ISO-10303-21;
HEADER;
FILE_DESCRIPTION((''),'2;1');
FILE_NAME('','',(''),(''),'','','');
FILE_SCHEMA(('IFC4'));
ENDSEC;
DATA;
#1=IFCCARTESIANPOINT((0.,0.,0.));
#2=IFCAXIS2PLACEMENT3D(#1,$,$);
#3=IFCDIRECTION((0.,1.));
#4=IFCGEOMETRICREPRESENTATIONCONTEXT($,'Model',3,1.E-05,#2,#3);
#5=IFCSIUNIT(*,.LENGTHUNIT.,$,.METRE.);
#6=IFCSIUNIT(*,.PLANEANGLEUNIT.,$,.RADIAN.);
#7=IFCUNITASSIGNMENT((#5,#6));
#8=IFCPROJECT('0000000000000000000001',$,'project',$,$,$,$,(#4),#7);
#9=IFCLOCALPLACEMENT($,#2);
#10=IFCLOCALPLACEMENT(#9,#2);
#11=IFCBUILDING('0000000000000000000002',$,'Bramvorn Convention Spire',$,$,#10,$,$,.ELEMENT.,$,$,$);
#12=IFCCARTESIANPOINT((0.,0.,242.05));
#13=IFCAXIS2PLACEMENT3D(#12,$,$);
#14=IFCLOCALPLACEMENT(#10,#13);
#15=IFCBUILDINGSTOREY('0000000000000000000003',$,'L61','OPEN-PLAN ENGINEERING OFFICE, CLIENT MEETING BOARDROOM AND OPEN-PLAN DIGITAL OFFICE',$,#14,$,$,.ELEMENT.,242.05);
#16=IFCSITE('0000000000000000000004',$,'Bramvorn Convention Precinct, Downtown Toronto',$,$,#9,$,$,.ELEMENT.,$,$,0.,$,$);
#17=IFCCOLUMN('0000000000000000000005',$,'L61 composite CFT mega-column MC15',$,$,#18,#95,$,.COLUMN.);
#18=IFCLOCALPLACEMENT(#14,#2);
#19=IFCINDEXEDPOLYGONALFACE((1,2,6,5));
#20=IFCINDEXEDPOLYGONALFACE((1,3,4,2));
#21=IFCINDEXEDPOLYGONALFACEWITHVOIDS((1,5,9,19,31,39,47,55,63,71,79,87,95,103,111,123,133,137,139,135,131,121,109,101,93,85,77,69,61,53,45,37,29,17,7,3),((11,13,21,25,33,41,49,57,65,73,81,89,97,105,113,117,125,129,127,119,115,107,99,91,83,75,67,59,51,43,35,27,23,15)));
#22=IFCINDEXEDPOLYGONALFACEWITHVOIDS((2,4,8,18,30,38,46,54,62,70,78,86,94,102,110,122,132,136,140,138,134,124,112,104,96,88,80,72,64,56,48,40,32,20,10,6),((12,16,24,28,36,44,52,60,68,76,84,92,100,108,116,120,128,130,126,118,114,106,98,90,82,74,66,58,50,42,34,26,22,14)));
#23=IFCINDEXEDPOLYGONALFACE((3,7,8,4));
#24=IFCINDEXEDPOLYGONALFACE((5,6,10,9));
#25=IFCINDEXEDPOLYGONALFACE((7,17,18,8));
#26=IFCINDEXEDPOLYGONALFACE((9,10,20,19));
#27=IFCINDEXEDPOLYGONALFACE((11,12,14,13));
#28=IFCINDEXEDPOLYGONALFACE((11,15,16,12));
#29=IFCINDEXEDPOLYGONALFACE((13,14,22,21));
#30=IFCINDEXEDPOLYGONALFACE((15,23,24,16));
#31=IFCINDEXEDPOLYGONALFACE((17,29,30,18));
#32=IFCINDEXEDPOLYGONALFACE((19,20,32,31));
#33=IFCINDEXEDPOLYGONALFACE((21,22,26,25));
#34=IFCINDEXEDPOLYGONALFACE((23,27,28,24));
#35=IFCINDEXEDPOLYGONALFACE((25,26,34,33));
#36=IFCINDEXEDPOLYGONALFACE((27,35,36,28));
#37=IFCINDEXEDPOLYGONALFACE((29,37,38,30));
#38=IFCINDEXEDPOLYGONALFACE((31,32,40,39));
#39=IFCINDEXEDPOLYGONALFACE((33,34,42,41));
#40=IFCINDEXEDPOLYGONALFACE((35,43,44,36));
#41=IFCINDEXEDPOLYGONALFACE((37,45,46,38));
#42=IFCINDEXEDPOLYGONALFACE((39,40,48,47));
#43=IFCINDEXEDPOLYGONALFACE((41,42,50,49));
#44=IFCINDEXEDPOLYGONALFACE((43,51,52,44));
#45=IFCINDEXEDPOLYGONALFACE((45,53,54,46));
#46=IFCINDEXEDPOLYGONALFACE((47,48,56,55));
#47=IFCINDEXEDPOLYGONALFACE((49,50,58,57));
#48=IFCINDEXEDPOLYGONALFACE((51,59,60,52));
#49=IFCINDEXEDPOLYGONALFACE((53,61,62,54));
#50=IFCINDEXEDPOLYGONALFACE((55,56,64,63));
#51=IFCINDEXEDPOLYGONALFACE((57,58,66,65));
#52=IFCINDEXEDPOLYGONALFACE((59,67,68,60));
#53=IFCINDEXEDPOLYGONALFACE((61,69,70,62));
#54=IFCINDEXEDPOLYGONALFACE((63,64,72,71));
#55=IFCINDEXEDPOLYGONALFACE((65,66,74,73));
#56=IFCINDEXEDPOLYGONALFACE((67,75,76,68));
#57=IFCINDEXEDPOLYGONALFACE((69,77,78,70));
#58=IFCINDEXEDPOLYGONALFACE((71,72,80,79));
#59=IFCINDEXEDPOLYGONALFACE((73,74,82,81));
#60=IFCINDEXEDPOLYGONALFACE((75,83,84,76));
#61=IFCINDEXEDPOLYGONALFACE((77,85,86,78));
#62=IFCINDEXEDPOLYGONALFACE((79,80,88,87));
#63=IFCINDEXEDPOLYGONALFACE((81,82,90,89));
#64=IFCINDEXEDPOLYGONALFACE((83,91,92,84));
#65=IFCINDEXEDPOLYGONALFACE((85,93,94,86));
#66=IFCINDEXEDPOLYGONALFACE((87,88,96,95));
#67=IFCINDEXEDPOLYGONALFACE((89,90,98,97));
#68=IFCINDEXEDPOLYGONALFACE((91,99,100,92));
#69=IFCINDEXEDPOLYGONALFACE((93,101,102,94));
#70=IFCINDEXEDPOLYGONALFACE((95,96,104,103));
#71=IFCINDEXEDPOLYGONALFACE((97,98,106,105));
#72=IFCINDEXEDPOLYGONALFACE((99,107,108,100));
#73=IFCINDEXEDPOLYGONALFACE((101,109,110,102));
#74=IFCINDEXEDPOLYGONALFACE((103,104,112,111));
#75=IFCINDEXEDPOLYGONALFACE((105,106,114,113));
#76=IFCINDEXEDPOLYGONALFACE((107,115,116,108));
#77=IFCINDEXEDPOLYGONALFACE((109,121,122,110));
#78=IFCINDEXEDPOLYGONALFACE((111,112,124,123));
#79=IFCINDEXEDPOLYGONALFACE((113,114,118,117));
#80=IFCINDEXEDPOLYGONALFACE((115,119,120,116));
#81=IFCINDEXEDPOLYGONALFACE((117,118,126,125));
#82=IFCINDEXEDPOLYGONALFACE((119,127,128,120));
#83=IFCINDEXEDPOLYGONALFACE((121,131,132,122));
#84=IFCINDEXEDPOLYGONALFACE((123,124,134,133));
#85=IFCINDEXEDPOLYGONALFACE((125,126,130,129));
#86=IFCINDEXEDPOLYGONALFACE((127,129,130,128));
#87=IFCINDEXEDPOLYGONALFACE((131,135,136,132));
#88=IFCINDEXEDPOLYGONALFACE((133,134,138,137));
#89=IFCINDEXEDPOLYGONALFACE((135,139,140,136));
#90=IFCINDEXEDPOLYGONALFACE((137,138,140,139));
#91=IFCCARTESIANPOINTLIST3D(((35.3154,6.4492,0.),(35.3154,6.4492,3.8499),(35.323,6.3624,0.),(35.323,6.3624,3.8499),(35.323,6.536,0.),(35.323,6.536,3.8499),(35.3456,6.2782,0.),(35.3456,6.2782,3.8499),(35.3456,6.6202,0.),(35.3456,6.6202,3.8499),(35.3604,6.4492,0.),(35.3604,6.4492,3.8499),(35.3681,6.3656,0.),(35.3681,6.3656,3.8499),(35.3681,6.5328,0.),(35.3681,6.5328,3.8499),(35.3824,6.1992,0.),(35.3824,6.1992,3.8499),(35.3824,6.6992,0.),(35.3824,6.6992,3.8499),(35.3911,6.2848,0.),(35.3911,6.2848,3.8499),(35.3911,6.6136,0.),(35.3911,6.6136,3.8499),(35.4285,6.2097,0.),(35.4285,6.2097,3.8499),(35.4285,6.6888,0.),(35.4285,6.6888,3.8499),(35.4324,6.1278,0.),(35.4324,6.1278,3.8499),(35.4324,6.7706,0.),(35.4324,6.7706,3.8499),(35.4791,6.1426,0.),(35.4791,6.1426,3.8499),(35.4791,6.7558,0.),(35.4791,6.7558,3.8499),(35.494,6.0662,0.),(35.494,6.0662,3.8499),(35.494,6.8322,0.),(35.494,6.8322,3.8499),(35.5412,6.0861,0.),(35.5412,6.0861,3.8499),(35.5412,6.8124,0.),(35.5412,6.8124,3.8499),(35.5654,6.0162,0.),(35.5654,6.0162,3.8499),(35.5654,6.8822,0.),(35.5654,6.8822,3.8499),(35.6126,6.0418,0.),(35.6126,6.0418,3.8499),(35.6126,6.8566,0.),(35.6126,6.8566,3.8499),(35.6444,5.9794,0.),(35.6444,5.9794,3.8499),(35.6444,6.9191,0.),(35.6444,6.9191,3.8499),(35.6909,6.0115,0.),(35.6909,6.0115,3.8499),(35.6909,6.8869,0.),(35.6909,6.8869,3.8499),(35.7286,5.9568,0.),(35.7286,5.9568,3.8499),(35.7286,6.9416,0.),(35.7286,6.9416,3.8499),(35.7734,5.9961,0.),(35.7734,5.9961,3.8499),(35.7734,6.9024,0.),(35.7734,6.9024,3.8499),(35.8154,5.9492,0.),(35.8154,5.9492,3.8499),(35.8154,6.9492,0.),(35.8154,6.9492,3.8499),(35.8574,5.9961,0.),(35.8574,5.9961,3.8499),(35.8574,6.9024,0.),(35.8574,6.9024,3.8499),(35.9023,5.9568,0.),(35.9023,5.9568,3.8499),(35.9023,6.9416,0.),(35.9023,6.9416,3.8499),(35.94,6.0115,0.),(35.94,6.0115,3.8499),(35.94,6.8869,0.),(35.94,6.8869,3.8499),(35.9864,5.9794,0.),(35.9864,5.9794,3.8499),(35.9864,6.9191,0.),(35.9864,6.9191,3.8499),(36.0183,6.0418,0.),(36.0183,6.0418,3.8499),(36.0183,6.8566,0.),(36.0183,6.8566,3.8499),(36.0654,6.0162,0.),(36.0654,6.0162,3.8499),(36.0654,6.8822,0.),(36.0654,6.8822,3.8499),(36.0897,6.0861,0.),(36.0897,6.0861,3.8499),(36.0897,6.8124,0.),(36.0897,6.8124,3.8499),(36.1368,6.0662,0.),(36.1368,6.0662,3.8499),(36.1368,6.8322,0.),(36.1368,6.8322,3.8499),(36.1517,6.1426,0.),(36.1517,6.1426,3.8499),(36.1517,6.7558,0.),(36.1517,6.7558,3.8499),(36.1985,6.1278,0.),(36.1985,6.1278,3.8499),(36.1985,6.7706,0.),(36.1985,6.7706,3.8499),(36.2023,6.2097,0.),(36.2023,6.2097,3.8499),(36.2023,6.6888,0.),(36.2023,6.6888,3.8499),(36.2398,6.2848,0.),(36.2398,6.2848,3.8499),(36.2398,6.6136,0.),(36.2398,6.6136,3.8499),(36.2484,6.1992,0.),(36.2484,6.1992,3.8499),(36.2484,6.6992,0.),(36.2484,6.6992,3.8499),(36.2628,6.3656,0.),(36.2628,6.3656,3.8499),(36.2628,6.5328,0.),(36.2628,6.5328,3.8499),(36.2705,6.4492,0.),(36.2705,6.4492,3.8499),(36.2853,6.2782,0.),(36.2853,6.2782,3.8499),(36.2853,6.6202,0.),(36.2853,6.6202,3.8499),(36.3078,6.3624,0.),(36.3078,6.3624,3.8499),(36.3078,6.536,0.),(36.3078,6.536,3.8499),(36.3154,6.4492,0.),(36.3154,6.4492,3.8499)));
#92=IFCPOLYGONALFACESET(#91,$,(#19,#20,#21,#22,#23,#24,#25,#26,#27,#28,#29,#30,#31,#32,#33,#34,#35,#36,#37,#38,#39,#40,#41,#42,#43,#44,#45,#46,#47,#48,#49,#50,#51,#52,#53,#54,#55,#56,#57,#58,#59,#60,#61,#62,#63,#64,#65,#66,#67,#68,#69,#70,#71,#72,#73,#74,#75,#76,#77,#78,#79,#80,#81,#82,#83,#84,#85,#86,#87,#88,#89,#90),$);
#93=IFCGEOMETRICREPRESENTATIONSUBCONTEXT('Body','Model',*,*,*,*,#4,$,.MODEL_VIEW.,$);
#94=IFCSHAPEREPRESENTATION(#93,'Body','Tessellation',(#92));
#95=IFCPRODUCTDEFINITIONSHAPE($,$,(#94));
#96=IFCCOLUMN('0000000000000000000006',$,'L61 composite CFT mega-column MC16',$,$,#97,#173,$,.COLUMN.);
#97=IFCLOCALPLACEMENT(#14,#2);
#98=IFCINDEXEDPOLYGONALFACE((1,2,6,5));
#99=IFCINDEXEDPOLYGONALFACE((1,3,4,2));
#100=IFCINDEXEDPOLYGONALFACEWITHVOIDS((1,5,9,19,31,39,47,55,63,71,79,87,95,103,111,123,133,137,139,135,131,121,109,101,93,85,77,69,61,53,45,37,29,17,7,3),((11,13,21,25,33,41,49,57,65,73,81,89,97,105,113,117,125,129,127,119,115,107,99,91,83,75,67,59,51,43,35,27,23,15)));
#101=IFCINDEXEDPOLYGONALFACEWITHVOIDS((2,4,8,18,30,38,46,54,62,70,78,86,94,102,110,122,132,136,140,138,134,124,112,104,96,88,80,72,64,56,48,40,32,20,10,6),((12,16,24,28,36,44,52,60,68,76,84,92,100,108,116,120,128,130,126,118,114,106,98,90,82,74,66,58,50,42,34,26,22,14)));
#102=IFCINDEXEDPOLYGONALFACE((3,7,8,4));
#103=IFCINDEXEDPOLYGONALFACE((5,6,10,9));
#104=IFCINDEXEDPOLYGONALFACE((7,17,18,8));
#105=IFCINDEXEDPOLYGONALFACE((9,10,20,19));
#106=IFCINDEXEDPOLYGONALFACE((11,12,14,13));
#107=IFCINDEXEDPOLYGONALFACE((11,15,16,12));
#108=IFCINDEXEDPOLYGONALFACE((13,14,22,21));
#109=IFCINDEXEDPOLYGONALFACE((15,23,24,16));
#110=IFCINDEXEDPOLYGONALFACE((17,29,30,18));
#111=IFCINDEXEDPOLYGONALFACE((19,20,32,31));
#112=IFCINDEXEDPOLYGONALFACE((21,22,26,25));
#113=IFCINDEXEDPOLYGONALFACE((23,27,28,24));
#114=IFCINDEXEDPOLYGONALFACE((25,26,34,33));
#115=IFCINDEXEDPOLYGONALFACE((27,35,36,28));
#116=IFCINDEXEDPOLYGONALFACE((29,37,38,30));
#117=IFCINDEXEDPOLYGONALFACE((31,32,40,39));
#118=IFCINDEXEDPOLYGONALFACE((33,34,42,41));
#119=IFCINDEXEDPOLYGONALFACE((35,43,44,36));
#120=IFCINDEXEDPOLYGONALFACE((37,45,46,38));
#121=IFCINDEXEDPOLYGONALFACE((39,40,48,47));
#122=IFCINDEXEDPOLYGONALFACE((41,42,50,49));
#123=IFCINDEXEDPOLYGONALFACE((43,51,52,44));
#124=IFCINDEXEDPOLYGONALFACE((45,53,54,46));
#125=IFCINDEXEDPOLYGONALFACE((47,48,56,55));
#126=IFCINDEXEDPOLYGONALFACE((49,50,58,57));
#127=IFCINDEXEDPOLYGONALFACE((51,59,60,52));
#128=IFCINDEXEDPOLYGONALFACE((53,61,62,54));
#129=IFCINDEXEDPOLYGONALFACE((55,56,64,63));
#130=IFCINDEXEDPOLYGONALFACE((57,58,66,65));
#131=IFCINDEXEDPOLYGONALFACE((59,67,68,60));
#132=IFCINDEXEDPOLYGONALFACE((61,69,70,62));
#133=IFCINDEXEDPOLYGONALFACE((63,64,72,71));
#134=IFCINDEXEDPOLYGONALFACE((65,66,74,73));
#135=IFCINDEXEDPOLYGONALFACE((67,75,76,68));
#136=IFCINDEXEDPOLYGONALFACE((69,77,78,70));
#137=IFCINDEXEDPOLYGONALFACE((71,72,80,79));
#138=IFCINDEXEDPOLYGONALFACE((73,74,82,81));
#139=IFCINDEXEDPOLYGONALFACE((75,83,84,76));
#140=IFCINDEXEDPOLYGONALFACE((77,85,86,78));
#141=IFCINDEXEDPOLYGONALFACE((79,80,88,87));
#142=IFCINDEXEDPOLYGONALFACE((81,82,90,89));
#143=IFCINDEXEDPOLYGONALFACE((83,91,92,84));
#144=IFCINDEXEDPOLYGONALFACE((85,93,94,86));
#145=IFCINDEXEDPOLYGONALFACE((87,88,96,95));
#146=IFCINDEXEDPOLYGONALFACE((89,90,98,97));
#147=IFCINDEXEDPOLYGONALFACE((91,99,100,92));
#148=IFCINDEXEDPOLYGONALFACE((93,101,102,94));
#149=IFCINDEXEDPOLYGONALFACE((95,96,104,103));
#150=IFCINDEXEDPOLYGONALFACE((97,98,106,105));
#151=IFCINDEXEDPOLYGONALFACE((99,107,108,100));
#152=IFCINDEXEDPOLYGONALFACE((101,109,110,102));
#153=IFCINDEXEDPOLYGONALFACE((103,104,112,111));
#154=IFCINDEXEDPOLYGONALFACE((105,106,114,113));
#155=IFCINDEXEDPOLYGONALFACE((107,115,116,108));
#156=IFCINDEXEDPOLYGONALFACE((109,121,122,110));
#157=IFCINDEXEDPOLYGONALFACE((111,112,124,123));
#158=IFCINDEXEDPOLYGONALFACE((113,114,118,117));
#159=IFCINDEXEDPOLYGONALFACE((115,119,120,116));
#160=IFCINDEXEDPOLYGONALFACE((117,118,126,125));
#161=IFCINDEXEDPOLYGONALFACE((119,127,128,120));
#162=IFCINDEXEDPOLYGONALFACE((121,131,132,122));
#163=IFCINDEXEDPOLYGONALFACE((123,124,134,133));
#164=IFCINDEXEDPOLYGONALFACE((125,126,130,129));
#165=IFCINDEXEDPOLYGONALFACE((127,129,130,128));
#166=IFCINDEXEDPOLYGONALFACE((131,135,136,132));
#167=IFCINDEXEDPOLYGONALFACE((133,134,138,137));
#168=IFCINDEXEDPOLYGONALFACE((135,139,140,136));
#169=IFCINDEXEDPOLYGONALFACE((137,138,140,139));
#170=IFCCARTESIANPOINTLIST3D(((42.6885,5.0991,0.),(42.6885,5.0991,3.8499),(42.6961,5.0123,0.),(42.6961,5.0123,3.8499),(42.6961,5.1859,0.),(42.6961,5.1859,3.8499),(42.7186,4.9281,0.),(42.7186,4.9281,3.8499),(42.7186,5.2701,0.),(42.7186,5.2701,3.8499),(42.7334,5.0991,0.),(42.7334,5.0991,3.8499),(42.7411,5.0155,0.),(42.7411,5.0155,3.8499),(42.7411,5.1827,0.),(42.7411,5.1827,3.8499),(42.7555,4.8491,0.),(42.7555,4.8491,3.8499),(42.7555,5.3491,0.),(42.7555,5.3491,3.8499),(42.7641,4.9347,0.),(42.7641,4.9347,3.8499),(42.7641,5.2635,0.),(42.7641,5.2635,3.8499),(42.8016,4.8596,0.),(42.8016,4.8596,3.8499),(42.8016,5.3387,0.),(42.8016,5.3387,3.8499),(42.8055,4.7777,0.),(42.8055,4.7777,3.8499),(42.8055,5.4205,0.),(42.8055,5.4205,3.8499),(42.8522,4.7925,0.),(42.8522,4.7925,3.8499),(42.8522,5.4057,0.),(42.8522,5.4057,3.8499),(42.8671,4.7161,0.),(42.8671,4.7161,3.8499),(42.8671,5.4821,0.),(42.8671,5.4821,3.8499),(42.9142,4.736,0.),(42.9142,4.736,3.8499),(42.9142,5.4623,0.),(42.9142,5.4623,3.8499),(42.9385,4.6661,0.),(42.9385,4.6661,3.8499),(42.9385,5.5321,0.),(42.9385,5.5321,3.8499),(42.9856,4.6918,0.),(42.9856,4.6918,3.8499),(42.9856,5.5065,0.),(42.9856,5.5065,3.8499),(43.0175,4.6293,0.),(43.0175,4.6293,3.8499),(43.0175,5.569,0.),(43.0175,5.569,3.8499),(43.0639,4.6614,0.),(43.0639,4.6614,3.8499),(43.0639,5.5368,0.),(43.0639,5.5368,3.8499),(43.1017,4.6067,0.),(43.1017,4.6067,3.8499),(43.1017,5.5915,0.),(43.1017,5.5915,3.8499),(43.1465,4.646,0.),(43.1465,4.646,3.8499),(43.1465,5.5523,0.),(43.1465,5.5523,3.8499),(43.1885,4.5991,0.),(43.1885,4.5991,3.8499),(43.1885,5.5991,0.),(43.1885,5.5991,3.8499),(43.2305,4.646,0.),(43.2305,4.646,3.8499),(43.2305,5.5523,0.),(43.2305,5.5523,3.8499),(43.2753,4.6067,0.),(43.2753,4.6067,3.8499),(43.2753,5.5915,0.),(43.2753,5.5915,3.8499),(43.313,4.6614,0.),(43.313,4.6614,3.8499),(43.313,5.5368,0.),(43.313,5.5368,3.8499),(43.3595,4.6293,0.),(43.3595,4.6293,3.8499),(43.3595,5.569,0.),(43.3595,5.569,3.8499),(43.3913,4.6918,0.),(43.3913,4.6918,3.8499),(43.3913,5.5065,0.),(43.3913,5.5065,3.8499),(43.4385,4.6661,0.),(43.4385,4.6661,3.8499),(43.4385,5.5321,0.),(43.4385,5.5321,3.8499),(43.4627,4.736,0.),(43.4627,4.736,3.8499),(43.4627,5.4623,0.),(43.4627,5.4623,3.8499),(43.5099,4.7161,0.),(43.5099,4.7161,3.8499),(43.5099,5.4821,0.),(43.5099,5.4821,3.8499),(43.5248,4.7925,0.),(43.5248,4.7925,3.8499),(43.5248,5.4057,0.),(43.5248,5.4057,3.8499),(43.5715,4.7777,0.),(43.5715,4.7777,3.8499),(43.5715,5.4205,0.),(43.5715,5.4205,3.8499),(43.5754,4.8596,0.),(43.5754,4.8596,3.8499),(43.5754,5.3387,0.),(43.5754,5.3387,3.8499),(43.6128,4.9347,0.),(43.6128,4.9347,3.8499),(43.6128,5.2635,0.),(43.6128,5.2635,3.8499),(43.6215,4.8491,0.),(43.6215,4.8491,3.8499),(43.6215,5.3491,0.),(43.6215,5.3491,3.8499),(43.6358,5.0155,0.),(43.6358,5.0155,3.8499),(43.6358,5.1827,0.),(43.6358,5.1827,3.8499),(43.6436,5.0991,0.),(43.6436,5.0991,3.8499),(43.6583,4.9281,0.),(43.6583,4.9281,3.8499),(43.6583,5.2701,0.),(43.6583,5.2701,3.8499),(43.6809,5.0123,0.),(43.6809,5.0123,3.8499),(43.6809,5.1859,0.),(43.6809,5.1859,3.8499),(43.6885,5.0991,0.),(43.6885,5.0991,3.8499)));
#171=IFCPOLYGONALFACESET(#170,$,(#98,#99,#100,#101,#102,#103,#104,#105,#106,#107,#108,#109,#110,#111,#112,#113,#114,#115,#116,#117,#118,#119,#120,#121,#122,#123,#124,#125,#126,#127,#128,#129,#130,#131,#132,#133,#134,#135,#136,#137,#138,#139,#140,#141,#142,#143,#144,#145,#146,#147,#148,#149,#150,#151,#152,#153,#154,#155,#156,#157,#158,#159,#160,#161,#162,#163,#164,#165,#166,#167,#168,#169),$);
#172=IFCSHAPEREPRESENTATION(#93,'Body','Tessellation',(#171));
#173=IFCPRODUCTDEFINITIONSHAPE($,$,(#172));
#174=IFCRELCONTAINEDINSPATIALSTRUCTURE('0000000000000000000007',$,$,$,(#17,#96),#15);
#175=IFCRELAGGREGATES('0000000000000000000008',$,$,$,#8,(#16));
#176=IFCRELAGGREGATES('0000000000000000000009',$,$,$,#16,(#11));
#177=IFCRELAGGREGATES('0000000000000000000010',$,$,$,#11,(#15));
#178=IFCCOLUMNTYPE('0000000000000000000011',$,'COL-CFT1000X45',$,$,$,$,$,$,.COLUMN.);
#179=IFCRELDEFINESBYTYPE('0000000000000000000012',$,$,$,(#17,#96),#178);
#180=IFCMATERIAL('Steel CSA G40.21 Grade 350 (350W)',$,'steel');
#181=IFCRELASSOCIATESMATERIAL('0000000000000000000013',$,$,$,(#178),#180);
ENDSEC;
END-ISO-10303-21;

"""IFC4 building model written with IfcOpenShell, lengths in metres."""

from ifc_helpers import new_model, si_unit, direction, frame, origin, origin_2d, place, context, subcontext, project, spatial, hollow_circle, extrude, material, material_profile, profile_set, type_object, element, save


model = new_model("IFC4")

# Units and contexts
model_context = context("Model", 3, precision=1e-05, world=origin(), true_north=direction((0.0, 1.0)))
body_context = subcontext(model_context, "Body", "Model", "MODEL_VIEW")
ifc_project = project(units=[si_unit("LENGTHUNIT", "METRE"), si_unit("PLANEANGLEUNIT", "RADIAN")], contexts=[model_context])

# Site, building, storey
site_placement = place(None, origin())
site = spatial("IfcSite", under=ifc_project, at=site_placement, Name="Bramvorn Convention Precinct, Downtown Toronto", CompositionType="ELEMENT", RefElevation=0.0)
building_placement = place(site_placement, origin())
building = spatial("IfcBuilding", under=site, at=building_placement, Name="Bramvorn Convention Spire", CompositionType="ELEMENT")
storey_placement = place(building_placement, frame((0.0, 0.0, 242.05)))
storey = spatial("IfcBuildingStorey", under=building, at=storey_placement, Name="L61", Description="OPEN-PLAN ENGINEERING OFFICE, CLIENT MEETING BOARDROOM AND OPEN-PLAN DIGITAL OFFICE", CompositionType="ELEMENT", Elevation=242.05)

# Columns
ifc_material_1 = material(Name="Steel CSA G40.21 Grade 350 (350W)", Category="steel")
ifc_material_profile_1 = material_profile(ifc_material_1, hollow_circle(Radius=0.5, WallThickness=0.0449, at=origin_2d()))
ifc_profile_set_1 = profile_set([ifc_material_profile_1], Name="Steel CSA G40.21 Grade 350 (350W) - CFT1000X45")
column_type = type_object("IfcColumnType", Name="COL-CFT1000X45", PredefinedType="COLUMN", material=ifc_profile_set_1)
for number, where, z_axis, x_axis, name in (
    (1, (35.8154, 6.4492, 0.0), (0.0, 0.0, 1.0), (1.0, 0.0, 0.0), "L61 composite CFT mega-column MC15"),
    (2, (43.1885, 5.0991, 0.0), (0.0, 0.0, 1.0), (1.0, 0.0, 0.0), "L61 composite CFT mega-column MC16"),
):
    element("IfcColumn", number, at=place(storey_placement, frame(where, z_axis=z_axis, x_axis=x_axis)), inside=storey, type_object=column_type, Name=name, PredefinedType="COLUMN", context=body_context, shape_type="SweptSolid", body=[
        extrude(hollow_circle(Radius=0.5, WallThickness=0.0449, at=origin_2d()), origin(), (0.0, 0.0, 1.0), 3.8499),
    ])

save(model, "model.ifc")
